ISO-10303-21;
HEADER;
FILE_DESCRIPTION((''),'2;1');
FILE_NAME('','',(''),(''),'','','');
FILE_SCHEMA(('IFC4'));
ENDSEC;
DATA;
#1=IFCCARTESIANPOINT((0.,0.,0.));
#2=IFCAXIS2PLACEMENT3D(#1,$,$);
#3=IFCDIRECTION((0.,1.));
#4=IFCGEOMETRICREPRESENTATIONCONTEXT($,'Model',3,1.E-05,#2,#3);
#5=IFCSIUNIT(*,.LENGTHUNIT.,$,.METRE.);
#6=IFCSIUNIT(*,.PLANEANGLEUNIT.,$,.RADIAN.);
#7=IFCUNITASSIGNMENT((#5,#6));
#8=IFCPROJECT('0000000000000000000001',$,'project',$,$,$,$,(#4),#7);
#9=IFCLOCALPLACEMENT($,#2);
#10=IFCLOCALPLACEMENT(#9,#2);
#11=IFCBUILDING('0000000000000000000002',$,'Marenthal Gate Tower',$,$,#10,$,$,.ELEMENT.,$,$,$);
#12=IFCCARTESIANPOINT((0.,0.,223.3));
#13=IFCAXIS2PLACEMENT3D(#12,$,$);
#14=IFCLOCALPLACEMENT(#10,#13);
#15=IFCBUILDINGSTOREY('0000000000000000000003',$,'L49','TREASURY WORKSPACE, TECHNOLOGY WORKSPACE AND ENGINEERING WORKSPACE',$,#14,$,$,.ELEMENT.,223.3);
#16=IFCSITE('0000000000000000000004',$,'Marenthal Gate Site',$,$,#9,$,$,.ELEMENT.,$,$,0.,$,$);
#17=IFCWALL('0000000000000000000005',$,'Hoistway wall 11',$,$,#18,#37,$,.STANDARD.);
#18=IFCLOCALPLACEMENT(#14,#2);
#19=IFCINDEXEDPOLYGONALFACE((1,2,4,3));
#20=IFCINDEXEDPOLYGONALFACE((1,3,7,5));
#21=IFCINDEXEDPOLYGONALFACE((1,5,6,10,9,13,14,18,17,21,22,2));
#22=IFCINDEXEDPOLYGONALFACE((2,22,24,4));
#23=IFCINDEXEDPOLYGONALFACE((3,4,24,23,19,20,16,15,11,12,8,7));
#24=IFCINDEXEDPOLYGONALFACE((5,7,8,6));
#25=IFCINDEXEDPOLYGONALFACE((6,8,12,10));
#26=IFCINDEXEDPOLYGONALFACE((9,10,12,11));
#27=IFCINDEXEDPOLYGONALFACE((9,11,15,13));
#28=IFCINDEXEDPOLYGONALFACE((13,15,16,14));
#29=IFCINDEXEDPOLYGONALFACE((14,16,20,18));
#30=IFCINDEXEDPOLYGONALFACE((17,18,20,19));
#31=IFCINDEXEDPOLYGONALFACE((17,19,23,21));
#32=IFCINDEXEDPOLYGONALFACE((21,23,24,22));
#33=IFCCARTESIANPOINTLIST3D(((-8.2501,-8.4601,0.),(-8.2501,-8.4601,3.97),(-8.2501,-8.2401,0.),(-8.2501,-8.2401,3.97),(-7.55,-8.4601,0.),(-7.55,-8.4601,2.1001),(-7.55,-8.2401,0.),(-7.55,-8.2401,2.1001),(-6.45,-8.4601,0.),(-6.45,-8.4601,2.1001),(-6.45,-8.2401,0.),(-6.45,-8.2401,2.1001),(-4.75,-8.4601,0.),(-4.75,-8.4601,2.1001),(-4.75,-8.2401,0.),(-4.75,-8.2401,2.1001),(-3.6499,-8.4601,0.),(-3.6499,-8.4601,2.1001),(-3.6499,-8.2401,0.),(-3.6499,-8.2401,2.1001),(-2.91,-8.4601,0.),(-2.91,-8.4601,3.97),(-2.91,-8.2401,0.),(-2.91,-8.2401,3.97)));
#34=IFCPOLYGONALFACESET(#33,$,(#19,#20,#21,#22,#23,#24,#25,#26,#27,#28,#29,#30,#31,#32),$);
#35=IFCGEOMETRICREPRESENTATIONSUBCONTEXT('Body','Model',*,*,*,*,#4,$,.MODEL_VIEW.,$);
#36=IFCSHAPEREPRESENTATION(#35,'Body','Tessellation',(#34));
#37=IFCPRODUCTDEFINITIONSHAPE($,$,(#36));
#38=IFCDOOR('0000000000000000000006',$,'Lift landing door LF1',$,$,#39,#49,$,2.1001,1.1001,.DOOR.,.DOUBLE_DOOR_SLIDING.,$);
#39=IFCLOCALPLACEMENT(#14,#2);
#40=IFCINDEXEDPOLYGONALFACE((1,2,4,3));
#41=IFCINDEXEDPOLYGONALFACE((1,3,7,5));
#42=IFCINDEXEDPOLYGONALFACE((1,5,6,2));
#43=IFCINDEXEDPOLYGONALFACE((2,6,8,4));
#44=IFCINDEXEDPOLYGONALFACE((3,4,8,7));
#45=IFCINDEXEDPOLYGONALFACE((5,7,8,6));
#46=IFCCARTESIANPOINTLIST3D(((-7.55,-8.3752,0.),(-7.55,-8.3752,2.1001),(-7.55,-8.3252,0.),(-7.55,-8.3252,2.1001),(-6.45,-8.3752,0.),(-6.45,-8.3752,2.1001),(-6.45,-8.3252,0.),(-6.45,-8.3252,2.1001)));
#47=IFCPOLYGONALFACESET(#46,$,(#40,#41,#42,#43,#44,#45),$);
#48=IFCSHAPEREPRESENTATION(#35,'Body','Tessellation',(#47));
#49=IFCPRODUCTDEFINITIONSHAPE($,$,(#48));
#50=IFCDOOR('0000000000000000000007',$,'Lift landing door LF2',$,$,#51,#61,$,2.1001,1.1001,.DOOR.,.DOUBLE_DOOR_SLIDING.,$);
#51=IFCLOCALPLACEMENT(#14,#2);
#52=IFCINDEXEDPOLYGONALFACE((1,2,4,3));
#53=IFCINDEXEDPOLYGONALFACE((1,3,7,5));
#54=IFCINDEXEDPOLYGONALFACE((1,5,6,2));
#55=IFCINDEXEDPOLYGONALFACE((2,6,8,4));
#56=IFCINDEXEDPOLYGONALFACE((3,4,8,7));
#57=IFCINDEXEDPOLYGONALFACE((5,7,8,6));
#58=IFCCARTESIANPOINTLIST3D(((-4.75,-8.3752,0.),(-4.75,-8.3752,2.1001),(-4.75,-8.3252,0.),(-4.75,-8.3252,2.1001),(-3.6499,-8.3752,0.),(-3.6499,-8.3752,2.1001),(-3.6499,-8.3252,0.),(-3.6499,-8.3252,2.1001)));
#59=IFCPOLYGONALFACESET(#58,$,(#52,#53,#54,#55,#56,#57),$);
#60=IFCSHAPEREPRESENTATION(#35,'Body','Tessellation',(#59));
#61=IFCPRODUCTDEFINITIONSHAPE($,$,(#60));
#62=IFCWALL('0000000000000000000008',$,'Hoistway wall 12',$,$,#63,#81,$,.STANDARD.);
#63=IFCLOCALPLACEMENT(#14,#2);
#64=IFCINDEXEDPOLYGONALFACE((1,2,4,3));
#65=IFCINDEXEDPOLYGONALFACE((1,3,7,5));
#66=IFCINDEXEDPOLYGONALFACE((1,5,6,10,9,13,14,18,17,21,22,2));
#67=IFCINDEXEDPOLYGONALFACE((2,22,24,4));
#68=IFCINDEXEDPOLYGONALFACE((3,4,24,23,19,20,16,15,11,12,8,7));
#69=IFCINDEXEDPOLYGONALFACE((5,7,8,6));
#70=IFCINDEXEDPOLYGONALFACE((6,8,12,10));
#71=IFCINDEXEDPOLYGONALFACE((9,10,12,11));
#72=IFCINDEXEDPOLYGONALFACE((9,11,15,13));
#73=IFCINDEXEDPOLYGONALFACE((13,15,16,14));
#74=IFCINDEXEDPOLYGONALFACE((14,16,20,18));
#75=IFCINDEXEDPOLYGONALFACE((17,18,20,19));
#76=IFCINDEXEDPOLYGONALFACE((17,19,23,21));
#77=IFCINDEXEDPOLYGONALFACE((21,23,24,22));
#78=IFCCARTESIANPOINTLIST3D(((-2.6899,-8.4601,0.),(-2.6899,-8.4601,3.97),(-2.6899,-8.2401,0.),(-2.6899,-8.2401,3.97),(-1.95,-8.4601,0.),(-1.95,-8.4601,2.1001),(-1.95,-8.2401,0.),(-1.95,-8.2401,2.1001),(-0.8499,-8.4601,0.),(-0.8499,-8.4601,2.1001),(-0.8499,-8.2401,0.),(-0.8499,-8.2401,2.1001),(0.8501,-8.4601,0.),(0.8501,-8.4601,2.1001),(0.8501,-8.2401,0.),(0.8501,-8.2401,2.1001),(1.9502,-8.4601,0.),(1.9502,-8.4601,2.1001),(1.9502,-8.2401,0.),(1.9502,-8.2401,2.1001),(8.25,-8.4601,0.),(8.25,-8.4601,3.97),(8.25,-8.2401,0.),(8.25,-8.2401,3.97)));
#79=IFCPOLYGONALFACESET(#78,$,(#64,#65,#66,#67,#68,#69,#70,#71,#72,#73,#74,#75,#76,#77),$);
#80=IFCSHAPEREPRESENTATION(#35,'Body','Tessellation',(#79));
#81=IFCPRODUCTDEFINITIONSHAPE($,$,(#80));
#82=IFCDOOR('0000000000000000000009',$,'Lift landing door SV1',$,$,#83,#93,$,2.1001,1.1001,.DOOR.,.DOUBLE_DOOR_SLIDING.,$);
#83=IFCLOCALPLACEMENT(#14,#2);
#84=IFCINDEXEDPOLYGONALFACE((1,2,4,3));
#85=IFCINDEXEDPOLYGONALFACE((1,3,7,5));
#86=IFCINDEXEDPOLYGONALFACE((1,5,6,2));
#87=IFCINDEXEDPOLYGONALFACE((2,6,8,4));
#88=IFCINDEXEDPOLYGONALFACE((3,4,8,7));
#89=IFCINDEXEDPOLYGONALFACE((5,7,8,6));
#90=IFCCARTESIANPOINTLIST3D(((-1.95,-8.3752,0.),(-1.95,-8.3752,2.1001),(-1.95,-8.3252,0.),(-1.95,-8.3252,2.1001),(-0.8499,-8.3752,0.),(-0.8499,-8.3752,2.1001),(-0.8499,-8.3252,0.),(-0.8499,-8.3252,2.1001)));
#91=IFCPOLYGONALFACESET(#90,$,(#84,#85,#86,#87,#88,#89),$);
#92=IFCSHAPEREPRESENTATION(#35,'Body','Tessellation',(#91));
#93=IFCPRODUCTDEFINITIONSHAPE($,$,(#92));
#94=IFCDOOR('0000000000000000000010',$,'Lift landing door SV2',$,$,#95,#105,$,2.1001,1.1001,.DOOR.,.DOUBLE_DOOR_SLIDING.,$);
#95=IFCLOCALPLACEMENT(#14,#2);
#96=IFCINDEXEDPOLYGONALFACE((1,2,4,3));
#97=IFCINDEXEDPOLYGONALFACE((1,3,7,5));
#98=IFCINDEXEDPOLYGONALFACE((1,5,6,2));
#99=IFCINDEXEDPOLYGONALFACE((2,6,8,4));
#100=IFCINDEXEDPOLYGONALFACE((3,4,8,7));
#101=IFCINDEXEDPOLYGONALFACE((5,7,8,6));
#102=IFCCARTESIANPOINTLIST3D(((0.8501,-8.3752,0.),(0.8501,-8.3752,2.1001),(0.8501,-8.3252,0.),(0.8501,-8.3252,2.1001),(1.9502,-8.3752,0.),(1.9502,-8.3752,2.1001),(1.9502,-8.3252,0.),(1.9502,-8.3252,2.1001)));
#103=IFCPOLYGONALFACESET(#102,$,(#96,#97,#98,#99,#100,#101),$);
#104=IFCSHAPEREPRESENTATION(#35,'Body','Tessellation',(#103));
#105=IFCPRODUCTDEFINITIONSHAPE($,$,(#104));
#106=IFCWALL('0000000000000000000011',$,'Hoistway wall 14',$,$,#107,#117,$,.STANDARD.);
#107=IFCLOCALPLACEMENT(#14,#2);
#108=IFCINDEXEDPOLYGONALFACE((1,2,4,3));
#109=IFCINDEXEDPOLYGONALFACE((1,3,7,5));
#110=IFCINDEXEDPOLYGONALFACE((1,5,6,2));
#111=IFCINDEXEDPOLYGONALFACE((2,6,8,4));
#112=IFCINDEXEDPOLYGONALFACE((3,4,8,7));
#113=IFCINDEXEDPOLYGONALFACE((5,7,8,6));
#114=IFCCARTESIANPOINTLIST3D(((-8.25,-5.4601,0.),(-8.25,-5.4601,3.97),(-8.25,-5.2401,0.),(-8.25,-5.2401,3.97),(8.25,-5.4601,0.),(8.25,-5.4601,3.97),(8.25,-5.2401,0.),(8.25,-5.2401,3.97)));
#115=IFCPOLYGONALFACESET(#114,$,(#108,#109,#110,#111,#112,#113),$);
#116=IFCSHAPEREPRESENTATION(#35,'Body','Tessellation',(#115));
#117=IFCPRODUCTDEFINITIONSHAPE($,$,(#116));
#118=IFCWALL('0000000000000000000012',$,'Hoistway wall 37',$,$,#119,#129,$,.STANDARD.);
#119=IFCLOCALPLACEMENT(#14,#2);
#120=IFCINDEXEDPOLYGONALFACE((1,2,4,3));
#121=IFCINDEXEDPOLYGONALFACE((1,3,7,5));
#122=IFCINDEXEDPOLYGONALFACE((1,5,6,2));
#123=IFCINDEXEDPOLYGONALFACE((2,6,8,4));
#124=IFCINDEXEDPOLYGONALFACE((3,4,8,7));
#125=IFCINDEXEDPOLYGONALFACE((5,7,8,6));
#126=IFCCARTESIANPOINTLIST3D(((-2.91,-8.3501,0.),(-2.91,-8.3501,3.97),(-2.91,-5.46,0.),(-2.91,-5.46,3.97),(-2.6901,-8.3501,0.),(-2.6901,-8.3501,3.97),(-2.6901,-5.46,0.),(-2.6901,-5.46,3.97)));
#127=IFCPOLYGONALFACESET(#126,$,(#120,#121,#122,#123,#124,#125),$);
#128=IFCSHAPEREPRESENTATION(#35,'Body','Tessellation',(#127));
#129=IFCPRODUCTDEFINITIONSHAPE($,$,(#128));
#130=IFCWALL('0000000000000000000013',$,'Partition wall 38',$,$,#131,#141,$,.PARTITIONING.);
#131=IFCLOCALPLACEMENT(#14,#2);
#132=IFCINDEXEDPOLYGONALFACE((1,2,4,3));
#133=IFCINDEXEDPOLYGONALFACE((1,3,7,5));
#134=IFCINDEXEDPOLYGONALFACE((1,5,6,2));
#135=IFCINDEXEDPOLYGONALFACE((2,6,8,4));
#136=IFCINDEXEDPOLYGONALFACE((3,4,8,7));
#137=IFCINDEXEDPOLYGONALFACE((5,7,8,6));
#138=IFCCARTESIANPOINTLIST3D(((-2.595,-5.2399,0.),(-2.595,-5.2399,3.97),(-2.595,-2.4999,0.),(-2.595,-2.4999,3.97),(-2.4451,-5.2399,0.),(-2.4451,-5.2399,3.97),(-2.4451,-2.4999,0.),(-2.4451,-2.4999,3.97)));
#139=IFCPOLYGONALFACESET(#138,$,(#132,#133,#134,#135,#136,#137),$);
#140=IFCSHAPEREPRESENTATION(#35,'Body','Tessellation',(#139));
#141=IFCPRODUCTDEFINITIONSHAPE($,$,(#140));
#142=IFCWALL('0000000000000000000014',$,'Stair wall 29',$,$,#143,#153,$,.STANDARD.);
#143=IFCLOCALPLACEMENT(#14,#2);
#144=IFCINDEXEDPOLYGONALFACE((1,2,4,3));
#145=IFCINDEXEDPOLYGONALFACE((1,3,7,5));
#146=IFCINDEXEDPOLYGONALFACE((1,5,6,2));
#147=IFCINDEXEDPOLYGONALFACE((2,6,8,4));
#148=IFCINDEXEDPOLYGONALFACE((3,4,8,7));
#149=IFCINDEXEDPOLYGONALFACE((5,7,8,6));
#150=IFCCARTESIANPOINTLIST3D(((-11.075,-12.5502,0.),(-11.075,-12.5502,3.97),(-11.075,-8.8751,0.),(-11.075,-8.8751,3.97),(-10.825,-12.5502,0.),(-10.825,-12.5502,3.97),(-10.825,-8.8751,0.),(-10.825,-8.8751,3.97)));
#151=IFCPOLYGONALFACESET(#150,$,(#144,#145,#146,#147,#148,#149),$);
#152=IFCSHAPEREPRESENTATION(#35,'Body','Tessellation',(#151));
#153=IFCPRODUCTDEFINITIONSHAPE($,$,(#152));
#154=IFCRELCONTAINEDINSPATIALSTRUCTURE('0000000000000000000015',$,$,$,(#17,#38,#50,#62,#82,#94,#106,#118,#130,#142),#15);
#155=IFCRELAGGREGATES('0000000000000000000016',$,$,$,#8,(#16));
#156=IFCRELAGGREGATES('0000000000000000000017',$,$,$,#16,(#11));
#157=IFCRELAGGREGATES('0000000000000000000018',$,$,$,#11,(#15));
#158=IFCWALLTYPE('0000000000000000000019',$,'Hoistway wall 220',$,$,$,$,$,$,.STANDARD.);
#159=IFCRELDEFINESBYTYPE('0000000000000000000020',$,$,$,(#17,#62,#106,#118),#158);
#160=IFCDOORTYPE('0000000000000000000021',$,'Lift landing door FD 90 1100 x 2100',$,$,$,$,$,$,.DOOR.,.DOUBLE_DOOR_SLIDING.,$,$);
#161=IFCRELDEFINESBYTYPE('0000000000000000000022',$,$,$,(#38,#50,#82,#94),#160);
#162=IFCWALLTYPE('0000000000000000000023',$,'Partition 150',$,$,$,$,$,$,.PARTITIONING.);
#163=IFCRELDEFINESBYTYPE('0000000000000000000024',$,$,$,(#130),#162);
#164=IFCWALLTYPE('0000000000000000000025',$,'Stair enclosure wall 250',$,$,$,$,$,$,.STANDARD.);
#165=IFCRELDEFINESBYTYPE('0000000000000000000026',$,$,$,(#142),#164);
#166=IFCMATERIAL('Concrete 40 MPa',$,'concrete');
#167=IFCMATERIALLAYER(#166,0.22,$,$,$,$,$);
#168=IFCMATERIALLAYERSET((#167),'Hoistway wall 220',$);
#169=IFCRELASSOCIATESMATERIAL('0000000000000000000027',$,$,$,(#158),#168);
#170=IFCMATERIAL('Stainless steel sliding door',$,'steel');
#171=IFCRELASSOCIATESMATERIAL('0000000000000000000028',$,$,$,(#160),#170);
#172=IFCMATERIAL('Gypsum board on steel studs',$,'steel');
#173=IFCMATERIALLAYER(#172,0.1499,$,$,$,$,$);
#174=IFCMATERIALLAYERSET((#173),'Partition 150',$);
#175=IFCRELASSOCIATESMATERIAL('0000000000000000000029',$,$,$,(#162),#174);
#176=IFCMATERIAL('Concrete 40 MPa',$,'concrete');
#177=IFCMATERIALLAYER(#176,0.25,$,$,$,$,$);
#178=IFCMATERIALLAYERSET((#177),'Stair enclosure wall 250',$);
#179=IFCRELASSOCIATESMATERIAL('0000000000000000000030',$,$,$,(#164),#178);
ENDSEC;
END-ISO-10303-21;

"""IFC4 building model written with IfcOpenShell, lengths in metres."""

from ifc_helpers import new_model, si_unit, direction, frame, frame_2d, origin, place, context, subcontext, project, spatial, rectangle, extrude, material, layer, layer_set, type_object, element, fill, save


model = new_model("IFC4")

# Units and contexts
model_context = context("Model", 3, precision=1e-05, world=origin(), true_north=direction((0.0, 1.0)))
body_context = subcontext(model_context, "Body", "Model", "MODEL_VIEW")
ifc_project = project(units=[si_unit("LENGTHUNIT", "METRE"), si_unit("PLANEANGLEUNIT", "RADIAN")], contexts=[model_context])

# Site, building, storey
site_placement = place(None, origin())
site = spatial("IfcSite", under=ifc_project, at=site_placement, Name="Marenthal Gate Site", CompositionType="ELEMENT", RefElevation=0.0)
building_placement = place(site_placement, origin())
building = spatial("IfcBuilding", under=site, at=building_placement, Name="Marenthal Gate Tower", CompositionType="ELEMENT")
storey_placement = place(building_placement, frame((0.0, 0.0, 223.3)))
storey = spatial("IfcBuildingStorey", under=building, at=storey_placement, Name="L49", Description="TREASURY WORKSPACE, TECHNOLOGY WORKSPACE AND ENGINEERING WORKSPACE", CompositionType="ELEMENT", Elevation=223.3)

# Walls, openings, doors
ifc_material_1 = material(Name="Concrete 40 MPa", Category="concrete")
ifc_layer_1 = layer(ifc_material_1, 0.22)
ifc_layer_set_1 = layer_set([ifc_layer_1], Name="Hoistway wall 220")
wall_type_1 = type_object("IfcWallType", Name="Hoistway wall 220", PredefinedType="STANDARD", material=ifc_layer_set_1)
wall_1_placement = place(storey_placement, frame((-8.25, -8.3501, 0.0), z_axis=(0.0, 0.0, 1.0), x_axis=(1.0, 0.0, 0.0)))
wall_1 = element("IfcWall", 1, at=wall_1_placement, inside=storey, type_object=wall_type_1, Name="Hoistway wall 11", PredefinedType="STANDARD", context=body_context, shape_type="SweptSolid", body=[
    extrude(rectangle(XDim=5.3401, YDim=0.22, at=frame_2d((2.6699, 0.0))), origin(), (0.0, 0.0, 1.0), 3.97),
])
opening_1_placement = place(wall_1_placement, frame((0.7, 0.0, 0.0)))
opening_1 = element("IfcOpeningElement", 2, at=opening_1_placement, cuts=wall_1, PredefinedType="OPENING", context=body_context, shape_type="SweptSolid", body=[
    extrude(rectangle(XDim=1.1001, YDim=2.1001, at=frame_2d((0.55, 1.05))), frame((0.0, 0.1201, 0.0), z_axis=(0.0, -1.0, 0.0), x_axis=(1.0, 0.0, 0.0)), (0.0, 0.0, 1.0), 0.24),
])
opening_2_placement = place(wall_1_placement, frame((3.5, 0.0, 0.0)))
opening_2 = element("IfcOpeningElement", 3, at=opening_2_placement, cuts=wall_1, PredefinedType="OPENING", context=body_context, shape_type="SweptSolid", body=[
    extrude(rectangle(XDim=1.1001, YDim=2.1001, at=frame_2d((0.55, 1.05))), frame((0.0, 0.1201, 0.0), z_axis=(0.0, -1.0, 0.0), x_axis=(1.0, 0.0, 0.0)), (0.0, 0.0, 1.0), 0.24),
])
ifc_material_2 = material(Name="Stainless steel sliding door", Category="steel")
door_type_1 = type_object("IfcDoorType", Name="Lift landing door FD 90 1100 x 2100", OperationType="DOUBLE_DOOR_SLIDING", PredefinedType="DOOR", material=ifc_material_2)
door_1_placement = place(opening_1_placement, origin())
door_1 = element("IfcDoor", 4, at=door_1_placement, inside=storey, type_object=door_type_1, Name="Lift landing door LF1", OperationType="DOUBLE_DOOR_SLIDING", OverallHeight=2.1001, OverallWidth=1.1001, PredefinedType="DOOR", context=body_context, shape_type="SweptSolid", body=[
    extrude(rectangle(XDim=1.1001, YDim=2.1001, at=frame_2d((0.55, 1.05))), frame((0.0, 0.0249, 0.0), z_axis=(0.0, -1.0, 0.0), x_axis=(1.0, 0.0, 0.0)), (0.0, 0.0, 1.0), 0.05),
])
fill(opening_1, door_1)
door_2_placement = place(opening_2_placement, origin())
door_2 = element("IfcDoor", 5, at=door_2_placement, inside=storey, type_object=door_type_1, Name="Lift landing door LF2", OperationType="DOUBLE_DOOR_SLIDING", OverallHeight=2.1001, OverallWidth=1.1001, PredefinedType="DOOR", context=body_context, shape_type="SweptSolid", body=[
    extrude(rectangle(XDim=1.1001, YDim=2.1001, at=frame_2d((0.55, 1.05))), frame((0.0, 0.0249, 0.0), z_axis=(0.0, -1.0, 0.0), x_axis=(1.0, 0.0, 0.0)), (0.0, 0.0, 1.0), 0.05),
])
fill(opening_2, door_2)
wall_2_placement = place(storey_placement, frame((-2.6899, -8.3501, 0.0), z_axis=(0.0, 0.0, 1.0), x_axis=(1.0, 0.0, 0.0)))
wall_2 = element("IfcWall", 6, at=wall_2_placement, inside=storey, type_object=wall_type_1, Name="Hoistway wall 12", PredefinedType="STANDARD", context=body_context, shape_type="SweptSolid", body=[
    extrude(rectangle(XDim=10.9399, YDim=0.22, at=frame_2d((5.47, 0.0))), origin(), (0.0, 0.0, 1.0), 3.97),
])
opening_3_placement = place(wall_2_placement, frame((0.74, 0.0, 0.0)))
opening_3 = element("IfcOpeningElement", 7, at=opening_3_placement, cuts=wall_2, PredefinedType="OPENING", context=body_context, shape_type="SweptSolid", body=[
    extrude(rectangle(XDim=1.1001, YDim=2.1001, at=frame_2d((0.55, 1.05))), frame((0.0, 0.1201, 0.0), z_axis=(0.0, -1.0, 0.0), x_axis=(1.0, 0.0, 0.0)), (0.0, 0.0, 1.0), 0.24),
])
opening_4_placement = place(wall_2_placement, frame((3.54, 0.0, 0.0)))
opening_4 = element("IfcOpeningElement", 8, at=opening_4_placement, cuts=wall_2, PredefinedType="OPENING", context=body_context, shape_type="SweptSolid", body=[
    extrude(rectangle(XDim=1.1001, YDim=2.1001, at=frame_2d((0.55, 1.05))), frame((0.0, 0.1201, 0.0), z_axis=(0.0, -1.0, 0.0), x_axis=(1.0, 0.0, 0.0)), (0.0, 0.0, 1.0), 0.24),
])
door_3_placement = place(opening_3_placement, origin())
door_3 = element("IfcDoor", 9, at=door_3_placement, inside=storey, type_object=door_type_1, Name="Lift landing door SV1", OperationType="DOUBLE_DOOR_SLIDING", OverallHeight=2.1001, OverallWidth=1.1001, PredefinedType="DOOR", context=body_context, shape_type="SweptSolid", body=[
    extrude(rectangle(XDim=1.1001, YDim=2.1001, at=frame_2d((0.55, 1.05))), frame((0.0, 0.0249, 0.0), z_axis=(0.0, -1.0, 0.0), x_axis=(1.0, 0.0, 0.0)), (0.0, 0.0, 1.0), 0.05),
])
fill(opening_3, door_3)
door_4_placement = place(opening_4_placement, origin())
door_4 = element("IfcDoor", 10, at=door_4_placement, inside=storey, type_object=door_type_1, Name="Lift landing door SV2", OperationType="DOUBLE_DOOR_SLIDING", OverallHeight=2.1001, OverallWidth=1.1001, PredefinedType="DOOR", context=body_context, shape_type="SweptSolid", body=[
    extrude(rectangle(XDim=1.1001, YDim=2.1001, at=frame_2d((0.55, 1.05))), frame((0.0, 0.0249, 0.0), z_axis=(0.0, -1.0, 0.0), x_axis=(1.0, 0.0, 0.0)), (0.0, 0.0, 1.0), 0.05),
])
fill(opening_4, door_4)

# Walls
wall_3_placement = place(storey_placement, frame((-8.25, -5.3501, 0.0), z_axis=(0.0, 0.0, 1.0), x_axis=(1.0, 0.0, 0.0)))
element("IfcWall", 11, at=wall_3_placement, inside=storey, type_object=wall_type_1, Name="Hoistway wall 14", PredefinedType="STANDARD", context=body_context, shape_type="SweptSolid", body=[
    extrude(rectangle(XDim=16.5, YDim=0.22, at=frame_2d((8.25, 0.0))), origin(), (0.0, 0.0, 1.0), 3.97),
])
wall_4_placement = place(storey_placement, frame((-2.8, -8.3501, 0.0), z_axis=(0.0, 0.0, 1.0), x_axis=(0.0, 1.0, 0.0)))
element("IfcWall", 12, at=wall_4_placement, inside=storey, type_object=wall_type_1, Name="Hoistway wall 37", PredefinedType="STANDARD", context=body_context, shape_type="SweptSolid", body=[
    extrude(rectangle(XDim=2.8901, YDim=0.22, at=frame_2d((1.4451, 0.0))), origin(), (0.0, 0.0, 1.0), 3.97),
])
ifc_material_3 = material(Name="Gypsum board on steel studs", Category="steel")
ifc_layer_2 = layer(ifc_material_3, 0.1499)
ifc_layer_set_2 = layer_set([ifc_layer_2], Name="Partition 150")
wall_type_2 = type_object("IfcWallType", Name="Partition 150", PredefinedType="PARTITIONING", material=ifc_layer_set_2)
wall_5_placement = place(storey_placement, frame((-2.52, -5.24, 0.0), z_axis=(0.0, 0.0, 1.0), x_axis=(0.0, 1.0, 0.0)))
element("IfcWall", 13, at=wall_5_placement, inside=storey, type_object=wall_type_2, Name="Partition wall 38", PredefinedType="PARTITIONING", context=body_context, shape_type="SweptSolid", body=[
    extrude(rectangle(XDim=2.74, YDim=0.1499, at=frame_2d((1.3701, 0.0))), origin(), (0.0, 0.0, 1.0), 3.97),
])
ifc_material_4 = material(Name="Concrete 40 MPa", Category="concrete")
ifc_layer_3 = layer(ifc_material_4, 0.25)
ifc_layer_set_3 = layer_set([ifc_layer_3], Name="Stair enclosure wall 250")
wall_type_3 = type_object("IfcWallType", Name="Stair enclosure wall 250", PredefinedType="STANDARD", material=ifc_layer_set_3)
wall_6_placement = place(storey_placement, frame((-10.95, -12.55, 0.0), z_axis=(0.0, 0.0, 1.0), x_axis=(0.0, 1.0, 0.0)))
element("IfcWall", 14, at=wall_6_placement, inside=storey, type_object=wall_type_3, Name="Stair wall 29", PredefinedType="STANDARD", context=body_context, shape_type="SweptSolid", body=[
    extrude(rectangle(XDim=3.675, YDim=0.25, at=frame_2d((1.8374, 0.0))), origin(), (0.0, 0.0, 1.0), 3.97),
])

save(model, "model.ifc")
